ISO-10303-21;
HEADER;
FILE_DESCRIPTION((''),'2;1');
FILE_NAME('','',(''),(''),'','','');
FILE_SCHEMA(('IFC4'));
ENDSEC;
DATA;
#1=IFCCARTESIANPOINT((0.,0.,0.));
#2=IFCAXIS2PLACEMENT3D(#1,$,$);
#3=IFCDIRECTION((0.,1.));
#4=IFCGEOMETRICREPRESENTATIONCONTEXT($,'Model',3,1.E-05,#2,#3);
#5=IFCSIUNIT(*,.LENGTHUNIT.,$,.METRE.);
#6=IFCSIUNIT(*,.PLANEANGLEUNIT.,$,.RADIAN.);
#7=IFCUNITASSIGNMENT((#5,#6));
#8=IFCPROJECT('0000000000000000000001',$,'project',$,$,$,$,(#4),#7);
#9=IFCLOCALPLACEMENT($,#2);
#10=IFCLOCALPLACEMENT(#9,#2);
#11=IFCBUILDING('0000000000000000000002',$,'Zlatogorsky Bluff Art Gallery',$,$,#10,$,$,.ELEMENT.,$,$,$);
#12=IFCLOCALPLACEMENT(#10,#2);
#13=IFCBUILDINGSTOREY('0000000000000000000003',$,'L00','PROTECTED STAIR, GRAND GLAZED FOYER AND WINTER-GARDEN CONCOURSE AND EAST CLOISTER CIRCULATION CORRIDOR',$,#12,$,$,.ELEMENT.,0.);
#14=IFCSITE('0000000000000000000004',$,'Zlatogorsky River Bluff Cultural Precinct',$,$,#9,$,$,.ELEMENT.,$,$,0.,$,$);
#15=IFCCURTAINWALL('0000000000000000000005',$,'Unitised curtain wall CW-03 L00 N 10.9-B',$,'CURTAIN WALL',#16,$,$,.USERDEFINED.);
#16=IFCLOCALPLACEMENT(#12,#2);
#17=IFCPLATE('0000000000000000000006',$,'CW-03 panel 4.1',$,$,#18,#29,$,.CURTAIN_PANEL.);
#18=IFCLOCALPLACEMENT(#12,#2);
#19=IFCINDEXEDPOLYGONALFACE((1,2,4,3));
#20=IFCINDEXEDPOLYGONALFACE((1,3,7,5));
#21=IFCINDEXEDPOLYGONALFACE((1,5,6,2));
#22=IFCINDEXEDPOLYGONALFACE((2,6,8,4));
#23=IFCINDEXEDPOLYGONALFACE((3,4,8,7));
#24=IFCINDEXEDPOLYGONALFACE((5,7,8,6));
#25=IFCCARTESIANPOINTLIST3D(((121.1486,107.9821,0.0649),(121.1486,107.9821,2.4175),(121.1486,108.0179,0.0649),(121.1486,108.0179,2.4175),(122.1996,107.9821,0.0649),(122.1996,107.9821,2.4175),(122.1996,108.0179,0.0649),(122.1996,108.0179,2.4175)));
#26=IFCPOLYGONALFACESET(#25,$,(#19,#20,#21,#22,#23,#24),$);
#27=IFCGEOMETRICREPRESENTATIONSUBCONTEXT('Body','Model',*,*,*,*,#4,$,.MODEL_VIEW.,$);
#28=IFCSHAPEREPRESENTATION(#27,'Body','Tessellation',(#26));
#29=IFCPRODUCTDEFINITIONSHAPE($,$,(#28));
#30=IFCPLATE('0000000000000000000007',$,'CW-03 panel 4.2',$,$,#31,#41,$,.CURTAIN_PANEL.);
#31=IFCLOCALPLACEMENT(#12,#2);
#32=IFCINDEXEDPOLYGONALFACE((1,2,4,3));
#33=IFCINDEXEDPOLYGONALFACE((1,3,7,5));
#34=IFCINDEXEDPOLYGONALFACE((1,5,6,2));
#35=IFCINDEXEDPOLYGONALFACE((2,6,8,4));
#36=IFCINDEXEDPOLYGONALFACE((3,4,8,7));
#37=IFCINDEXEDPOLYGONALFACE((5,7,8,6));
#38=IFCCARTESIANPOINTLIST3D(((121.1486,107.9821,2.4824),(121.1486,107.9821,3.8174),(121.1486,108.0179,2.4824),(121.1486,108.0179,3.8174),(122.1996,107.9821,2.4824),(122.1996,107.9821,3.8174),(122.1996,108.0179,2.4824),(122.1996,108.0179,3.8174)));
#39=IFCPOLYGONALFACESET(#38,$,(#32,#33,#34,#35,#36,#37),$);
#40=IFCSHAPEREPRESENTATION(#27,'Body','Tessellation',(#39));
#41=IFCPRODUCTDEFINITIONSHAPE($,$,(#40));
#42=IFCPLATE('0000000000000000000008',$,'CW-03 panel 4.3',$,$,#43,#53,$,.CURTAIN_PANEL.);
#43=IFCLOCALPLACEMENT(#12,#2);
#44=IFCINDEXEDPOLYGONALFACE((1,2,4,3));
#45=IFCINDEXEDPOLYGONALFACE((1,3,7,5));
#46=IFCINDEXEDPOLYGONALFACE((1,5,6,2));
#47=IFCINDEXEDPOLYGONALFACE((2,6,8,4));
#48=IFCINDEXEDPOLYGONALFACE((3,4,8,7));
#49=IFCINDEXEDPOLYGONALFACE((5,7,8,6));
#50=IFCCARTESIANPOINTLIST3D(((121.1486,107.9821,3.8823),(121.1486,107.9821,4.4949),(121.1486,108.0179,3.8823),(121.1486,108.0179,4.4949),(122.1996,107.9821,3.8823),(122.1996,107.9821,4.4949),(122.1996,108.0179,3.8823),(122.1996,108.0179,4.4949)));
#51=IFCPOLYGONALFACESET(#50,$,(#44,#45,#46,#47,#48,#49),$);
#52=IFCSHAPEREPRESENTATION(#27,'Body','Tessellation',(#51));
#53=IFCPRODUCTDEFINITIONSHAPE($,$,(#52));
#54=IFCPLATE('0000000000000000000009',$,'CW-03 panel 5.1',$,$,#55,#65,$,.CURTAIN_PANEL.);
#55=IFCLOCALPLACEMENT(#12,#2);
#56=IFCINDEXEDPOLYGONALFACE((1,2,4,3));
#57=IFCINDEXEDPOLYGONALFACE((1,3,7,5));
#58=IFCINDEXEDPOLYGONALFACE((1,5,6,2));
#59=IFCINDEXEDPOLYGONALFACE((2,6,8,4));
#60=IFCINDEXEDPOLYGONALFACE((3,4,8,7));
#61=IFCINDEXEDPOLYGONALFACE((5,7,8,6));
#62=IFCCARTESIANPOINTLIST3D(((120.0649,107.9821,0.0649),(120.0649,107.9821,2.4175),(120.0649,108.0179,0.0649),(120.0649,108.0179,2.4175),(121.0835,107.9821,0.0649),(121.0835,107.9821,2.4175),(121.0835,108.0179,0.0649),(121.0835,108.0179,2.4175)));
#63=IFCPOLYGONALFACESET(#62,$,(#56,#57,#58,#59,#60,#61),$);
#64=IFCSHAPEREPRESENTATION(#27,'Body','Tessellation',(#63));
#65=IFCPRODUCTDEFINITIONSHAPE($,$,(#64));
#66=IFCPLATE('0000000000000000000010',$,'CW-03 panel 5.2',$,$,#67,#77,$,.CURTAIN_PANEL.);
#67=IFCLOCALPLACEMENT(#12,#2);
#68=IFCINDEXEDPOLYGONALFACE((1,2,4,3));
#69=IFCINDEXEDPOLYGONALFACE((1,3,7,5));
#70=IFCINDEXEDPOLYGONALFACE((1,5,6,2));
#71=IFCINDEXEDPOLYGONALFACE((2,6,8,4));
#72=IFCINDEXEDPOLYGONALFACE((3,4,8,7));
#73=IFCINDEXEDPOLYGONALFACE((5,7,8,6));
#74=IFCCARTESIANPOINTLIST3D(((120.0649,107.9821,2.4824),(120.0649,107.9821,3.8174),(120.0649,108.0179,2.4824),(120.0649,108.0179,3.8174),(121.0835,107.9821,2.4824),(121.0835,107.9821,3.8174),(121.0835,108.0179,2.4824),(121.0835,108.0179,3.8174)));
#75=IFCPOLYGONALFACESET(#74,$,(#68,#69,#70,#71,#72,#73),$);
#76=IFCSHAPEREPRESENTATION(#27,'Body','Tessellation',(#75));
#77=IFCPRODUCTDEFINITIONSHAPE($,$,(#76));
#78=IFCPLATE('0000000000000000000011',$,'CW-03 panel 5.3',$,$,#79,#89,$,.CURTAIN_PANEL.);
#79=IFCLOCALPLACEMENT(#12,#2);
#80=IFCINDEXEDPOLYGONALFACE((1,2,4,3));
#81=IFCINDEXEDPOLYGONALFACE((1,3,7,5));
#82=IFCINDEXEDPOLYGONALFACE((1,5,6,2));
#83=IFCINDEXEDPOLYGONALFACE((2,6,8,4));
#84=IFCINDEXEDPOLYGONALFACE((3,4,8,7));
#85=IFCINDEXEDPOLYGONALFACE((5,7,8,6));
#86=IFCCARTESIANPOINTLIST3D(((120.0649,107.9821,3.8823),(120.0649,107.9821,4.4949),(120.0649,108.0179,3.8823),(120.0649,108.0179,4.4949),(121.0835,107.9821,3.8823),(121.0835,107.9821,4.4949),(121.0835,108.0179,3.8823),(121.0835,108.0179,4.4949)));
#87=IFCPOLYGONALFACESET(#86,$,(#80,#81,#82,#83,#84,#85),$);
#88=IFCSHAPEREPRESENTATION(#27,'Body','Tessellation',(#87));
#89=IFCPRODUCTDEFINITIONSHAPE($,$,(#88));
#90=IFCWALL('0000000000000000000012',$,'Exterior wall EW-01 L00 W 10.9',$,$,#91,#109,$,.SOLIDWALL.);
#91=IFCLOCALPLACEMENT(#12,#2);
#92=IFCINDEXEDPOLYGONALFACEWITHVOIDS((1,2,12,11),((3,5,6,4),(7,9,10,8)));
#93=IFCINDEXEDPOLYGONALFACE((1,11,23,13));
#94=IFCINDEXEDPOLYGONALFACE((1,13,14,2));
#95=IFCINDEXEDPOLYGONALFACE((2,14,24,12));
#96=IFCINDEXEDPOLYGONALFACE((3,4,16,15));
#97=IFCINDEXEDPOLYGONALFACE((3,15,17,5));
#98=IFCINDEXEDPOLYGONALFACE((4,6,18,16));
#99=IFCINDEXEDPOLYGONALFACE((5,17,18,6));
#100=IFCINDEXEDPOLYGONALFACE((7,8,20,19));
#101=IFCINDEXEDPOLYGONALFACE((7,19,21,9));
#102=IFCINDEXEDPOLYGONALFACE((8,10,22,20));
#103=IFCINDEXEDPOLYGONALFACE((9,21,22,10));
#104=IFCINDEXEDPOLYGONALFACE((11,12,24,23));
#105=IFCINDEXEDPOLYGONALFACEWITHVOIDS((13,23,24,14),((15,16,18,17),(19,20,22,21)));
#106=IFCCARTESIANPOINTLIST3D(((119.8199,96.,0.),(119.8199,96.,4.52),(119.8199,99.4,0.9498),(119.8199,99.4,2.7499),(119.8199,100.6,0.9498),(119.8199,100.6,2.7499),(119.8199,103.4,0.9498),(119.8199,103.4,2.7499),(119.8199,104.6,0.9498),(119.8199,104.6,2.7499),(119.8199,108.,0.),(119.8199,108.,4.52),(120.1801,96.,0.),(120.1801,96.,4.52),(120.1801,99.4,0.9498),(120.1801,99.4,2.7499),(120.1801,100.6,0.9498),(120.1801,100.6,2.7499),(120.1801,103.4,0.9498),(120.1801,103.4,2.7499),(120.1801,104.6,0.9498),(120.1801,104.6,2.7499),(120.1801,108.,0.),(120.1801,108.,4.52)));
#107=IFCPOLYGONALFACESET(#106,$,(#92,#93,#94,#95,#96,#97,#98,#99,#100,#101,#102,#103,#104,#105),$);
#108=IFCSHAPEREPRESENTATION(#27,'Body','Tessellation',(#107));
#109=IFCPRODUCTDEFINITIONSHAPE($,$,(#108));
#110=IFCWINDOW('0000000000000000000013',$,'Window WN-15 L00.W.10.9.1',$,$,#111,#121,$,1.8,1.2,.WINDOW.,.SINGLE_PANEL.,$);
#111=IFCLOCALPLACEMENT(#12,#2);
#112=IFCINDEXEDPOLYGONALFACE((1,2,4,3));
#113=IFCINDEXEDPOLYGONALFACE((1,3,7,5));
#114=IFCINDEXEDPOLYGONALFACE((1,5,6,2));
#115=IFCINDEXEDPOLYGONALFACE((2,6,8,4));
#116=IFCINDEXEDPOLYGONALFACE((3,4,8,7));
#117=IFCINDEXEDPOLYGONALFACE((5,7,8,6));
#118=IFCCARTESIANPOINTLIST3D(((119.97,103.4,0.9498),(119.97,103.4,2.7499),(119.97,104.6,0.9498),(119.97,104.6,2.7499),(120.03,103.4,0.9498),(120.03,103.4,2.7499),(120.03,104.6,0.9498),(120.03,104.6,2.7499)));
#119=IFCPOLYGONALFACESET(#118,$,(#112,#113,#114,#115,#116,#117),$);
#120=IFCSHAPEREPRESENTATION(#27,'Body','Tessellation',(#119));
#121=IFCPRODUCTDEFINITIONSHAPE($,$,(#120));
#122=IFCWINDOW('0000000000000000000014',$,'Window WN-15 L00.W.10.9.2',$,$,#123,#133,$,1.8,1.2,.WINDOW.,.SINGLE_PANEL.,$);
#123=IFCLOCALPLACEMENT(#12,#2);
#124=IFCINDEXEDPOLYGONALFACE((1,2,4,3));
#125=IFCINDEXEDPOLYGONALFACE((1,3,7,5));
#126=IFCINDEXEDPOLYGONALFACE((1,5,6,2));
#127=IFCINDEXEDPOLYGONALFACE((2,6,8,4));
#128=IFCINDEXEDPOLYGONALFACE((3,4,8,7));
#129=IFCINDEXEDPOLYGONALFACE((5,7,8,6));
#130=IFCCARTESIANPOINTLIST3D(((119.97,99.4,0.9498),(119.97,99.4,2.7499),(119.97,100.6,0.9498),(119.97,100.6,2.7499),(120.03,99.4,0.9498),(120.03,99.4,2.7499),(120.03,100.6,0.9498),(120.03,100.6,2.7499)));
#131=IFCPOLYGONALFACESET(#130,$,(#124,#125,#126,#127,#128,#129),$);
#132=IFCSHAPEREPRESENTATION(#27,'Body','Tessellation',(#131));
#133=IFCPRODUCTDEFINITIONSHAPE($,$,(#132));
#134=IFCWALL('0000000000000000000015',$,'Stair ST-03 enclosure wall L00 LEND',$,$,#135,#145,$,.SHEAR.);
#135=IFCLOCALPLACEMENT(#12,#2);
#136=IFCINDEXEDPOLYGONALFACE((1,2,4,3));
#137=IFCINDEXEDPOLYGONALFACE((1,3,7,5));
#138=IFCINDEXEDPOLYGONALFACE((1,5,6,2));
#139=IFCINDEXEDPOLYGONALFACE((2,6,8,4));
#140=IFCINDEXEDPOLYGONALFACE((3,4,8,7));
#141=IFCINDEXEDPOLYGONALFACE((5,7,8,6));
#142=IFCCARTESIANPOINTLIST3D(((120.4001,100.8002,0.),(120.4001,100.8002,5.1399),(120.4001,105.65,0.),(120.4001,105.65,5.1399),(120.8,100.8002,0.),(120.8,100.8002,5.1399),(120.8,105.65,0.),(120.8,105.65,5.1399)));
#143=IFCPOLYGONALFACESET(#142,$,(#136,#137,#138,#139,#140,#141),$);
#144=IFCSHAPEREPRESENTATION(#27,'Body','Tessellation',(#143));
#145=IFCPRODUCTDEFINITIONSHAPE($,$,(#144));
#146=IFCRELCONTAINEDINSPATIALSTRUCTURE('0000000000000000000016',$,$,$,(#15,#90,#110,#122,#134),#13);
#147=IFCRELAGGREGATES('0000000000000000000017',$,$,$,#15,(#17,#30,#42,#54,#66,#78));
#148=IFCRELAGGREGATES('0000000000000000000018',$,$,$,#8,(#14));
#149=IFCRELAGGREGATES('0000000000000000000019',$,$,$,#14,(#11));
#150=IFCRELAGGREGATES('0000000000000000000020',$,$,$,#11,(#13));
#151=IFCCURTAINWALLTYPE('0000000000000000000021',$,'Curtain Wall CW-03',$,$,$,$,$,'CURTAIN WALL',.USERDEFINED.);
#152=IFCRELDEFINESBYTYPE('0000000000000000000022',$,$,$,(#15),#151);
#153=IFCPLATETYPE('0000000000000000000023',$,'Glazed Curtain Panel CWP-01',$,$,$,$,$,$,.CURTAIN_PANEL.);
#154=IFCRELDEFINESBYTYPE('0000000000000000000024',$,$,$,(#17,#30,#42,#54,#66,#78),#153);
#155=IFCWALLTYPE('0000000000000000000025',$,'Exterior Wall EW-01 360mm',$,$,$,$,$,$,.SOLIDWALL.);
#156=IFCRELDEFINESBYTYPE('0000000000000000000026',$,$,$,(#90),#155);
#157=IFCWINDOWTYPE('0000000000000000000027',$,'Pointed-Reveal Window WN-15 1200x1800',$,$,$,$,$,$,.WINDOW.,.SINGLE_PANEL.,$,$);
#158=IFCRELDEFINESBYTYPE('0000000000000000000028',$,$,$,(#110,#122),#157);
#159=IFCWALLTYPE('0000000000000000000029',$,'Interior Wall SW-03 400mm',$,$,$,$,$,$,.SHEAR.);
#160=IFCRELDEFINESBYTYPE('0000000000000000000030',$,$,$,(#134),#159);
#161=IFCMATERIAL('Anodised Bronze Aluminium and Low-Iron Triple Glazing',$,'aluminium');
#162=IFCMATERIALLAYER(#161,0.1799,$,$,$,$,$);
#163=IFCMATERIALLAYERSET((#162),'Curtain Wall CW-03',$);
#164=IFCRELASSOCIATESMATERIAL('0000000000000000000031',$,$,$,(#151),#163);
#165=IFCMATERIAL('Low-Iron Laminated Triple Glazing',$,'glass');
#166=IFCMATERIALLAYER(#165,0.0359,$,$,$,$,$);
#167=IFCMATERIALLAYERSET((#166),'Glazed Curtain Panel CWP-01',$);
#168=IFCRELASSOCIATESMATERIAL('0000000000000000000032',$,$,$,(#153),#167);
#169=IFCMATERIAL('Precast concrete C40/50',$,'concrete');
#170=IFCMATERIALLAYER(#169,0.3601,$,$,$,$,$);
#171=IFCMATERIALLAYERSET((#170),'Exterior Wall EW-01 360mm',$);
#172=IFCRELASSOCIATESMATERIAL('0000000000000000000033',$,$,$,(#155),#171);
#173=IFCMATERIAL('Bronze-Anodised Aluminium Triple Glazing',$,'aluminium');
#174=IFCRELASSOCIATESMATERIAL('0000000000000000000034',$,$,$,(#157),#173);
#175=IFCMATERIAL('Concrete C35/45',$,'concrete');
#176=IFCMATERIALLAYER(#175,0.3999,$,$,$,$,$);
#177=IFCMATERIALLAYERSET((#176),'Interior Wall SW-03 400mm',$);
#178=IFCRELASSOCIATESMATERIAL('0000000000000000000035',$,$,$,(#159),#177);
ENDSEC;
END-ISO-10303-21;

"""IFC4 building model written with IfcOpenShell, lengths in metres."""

from ifc_helpers import new_model, si_unit, direction, frame, frame_2d, origin, origin_2d, place, context, subcontext, project, spatial, rectangle, extrude, material, layer, layer_set, type_object, element, fill, aggregate, save


model = new_model("IFC4")

# Units and contexts
model_context = context("Model", 3, precision=1e-05, world=origin(), true_north=direction((0.0, 1.0)))
body_context = subcontext(model_context, "Body", "Model", "MODEL_VIEW")
ifc_project = project(units=[si_unit("LENGTHUNIT", "METRE"), si_unit("PLANEANGLEUNIT", "RADIAN")], contexts=[model_context])

# Site, building, storey
site_placement = place(None, origin())
site = spatial("IfcSite", under=ifc_project, at=site_placement, Name="Zlatogorsky River Bluff Cultural Precinct", CompositionType="ELEMENT", RefElevation=0.0)
building_placement = place(site_placement, origin())
building = spatial("IfcBuilding", under=site, at=building_placement, Name="Zlatogorsky Bluff Art Gallery", CompositionType="ELEMENT")
storey_placement = place(building_placement, origin())
storey = spatial("IfcBuildingStorey", under=building, at=storey_placement, Name="L00", Description="PROTECTED STAIR, GRAND GLAZED FOYER AND WINTER-GARDEN CONCOURSE AND EAST CLOISTER CIRCULATION CORRIDOR", CompositionType="ELEMENT", Elevation=0.0)

# Curtain wall, plates
ifc_material_1 = material(Name="Anodised Bronze Aluminium and Low-Iron Triple Glazing", Category="aluminium")
ifc_layer_1 = layer(ifc_material_1, 0.1799)
ifc_layer_set_1 = layer_set([ifc_layer_1], Name="Curtain Wall CW-03")
curtain_wall_type = type_object("IfcCurtainWallType", Name="Curtain Wall CW-03", ElementType="CURTAIN WALL", PredefinedType="USERDEFINED", material=ifc_layer_set_1)
curtain_wall_placement = place(storey_placement, origin())
curtain_wall = element("IfcCurtainWall", 1, at=curtain_wall_placement, inside=storey, type_object=curtain_wall_type, Name="Unitised curtain wall CW-03 L00 N 10.9-B", ObjectType="CURTAIN WALL", PredefinedType="USERDEFINED")
ifc_material_2 = material(Name="Low-Iron Laminated Triple Glazing", Category="glass")
ifc_layer_2 = layer(ifc_material_2, 0.0359)
ifc_layer_set_2 = layer_set([ifc_layer_2], Name="Glazed Curtain Panel CWP-01")
plate_type = type_object("IfcPlateType", Name="Glazed Curtain Panel CWP-01", PredefinedType="CURTAIN_PANEL", material=ifc_layer_set_2)
plate_1_placement = place(storey_placement, frame((121.6741, 108.0, 0.0649), z_axis=(0.0, 0.0, 1.0), x_axis=(-1.0, 0.0, 0.0)))
plate_1 = element("IfcPlate", 2, at=plate_1_placement, type_object=plate_type, Name="CW-03 panel 4.1", PredefinedType="CURTAIN_PANEL", context=body_context, shape_type="SweptSolid", body=[
    extrude(rectangle(XDim=1.051, YDim=0.0359, at=origin_2d()), origin(), (0.0, 0.0, 1.0), 2.3525),
])
plate_2_placement = place(storey_placement, frame((121.6741, 108.0, 2.4824), z_axis=(0.0, 0.0, 1.0), x_axis=(-1.0, 0.0, 0.0)))
plate_2 = element("IfcPlate", 3, at=plate_2_placement, type_object=plate_type, Name="CW-03 panel 4.2", PredefinedType="CURTAIN_PANEL", context=body_context, shape_type="SweptSolid", body=[
    extrude(rectangle(XDim=1.051, YDim=0.0359, at=origin_2d()), origin(), (0.0, 0.0, 1.0), 1.335),
])
plate_3_placement = place(storey_placement, frame((121.6741, 108.0, 3.8823), z_axis=(0.0, 0.0, 1.0), x_axis=(-1.0, 0.0, 0.0)))
plate_3 = element("IfcPlate", 4, at=plate_3_placement, type_object=plate_type, Name="CW-03 panel 4.3", PredefinedType="CURTAIN_PANEL", context=body_context, shape_type="SweptSolid", body=[
    extrude(rectangle(XDim=1.051, YDim=0.0359, at=origin_2d()), origin(), (0.0, 0.0, 1.0), 0.6125),
])
plate_4_placement = place(storey_placement, frame((120.5742, 108.0, 0.0649), z_axis=(0.0, 0.0, 1.0), x_axis=(-1.0, 0.0, 0.0)))
plate_4 = element("IfcPlate", 5, at=plate_4_placement, type_object=plate_type, Name="CW-03 panel 5.1", PredefinedType="CURTAIN_PANEL", context=body_context, shape_type="SweptSolid", body=[
    extrude(rectangle(XDim=1.0186, YDim=0.0359, at=origin_2d()), origin(), (0.0, 0.0, 1.0), 2.3525),
])
plate_5_placement = place(storey_placement, frame((120.5742, 108.0, 2.4824), z_axis=(0.0, 0.0, 1.0), x_axis=(-1.0, 0.0, 0.0)))
plate_5 = element("IfcPlate", 6, at=plate_5_placement, type_object=plate_type, Name="CW-03 panel 5.2", PredefinedType="CURTAIN_PANEL", context=body_context, shape_type="SweptSolid", body=[
    extrude(rectangle(XDim=1.0186, YDim=0.0359, at=origin_2d()), origin(), (0.0, 0.0, 1.0), 1.335),
])
plate_6_placement = place(storey_placement, frame((120.5742, 108.0, 3.8823), z_axis=(0.0, 0.0, 1.0), x_axis=(-1.0, 0.0, 0.0)))
plate_6 = element("IfcPlate", 7, at=plate_6_placement, type_object=plate_type, Name="CW-03 panel 5.3", PredefinedType="CURTAIN_PANEL", context=body_context, shape_type="SweptSolid", body=[
    extrude(rectangle(XDim=1.0186, YDim=0.0359, at=origin_2d()), origin(), (0.0, 0.0, 1.0), 0.6125),
])
aggregate(curtain_wall, [plate_1, plate_2, plate_3, plate_4, plate_5, plate_6])

# Wall, openings, windows
ifc_material_3 = material(Name="Precast concrete C40/50", Category="concrete")
ifc_layer_3 = layer(ifc_material_3, 0.3601)
ifc_layer_set_3 = layer_set([ifc_layer_3], Name="Exterior Wall EW-01 360mm")
wall_type_1 = type_object("IfcWallType", Name="Exterior Wall EW-01 360mm", PredefinedType="SOLIDWALL", material=ifc_layer_set_3)
wall_1_placement = place(storey_placement, frame((120.0, 108.0, 0.0), z_axis=(0.0, 0.0, 1.0), x_axis=(0.0, -1.0, 0.0)))
wall_1 = element("IfcWall", 8, at=wall_1_placement, inside=storey, type_object=wall_type_1, Name="Exterior wall EW-01 L00 W 10.9", PredefinedType="SOLIDWALL", context=body_context, shape_type="SweptSolid", body=[
    extrude(rectangle(XDim=12.0, YDim=0.3601, at=frame_2d((6.0, 0.0))), origin(), (0.0, 0.0, 1.0), 4.52),
])
opening_1_placement = place(wall_1_placement, frame((3.3999, 0.0, 0.95)))
opening_1 = element("IfcOpeningElement", 9, at=opening_1_placement, cuts=wall_1, PredefinedType="OPENING", context=body_context, shape_type="SweptSolid", body=[
    extrude(rectangle(XDim=1.2, YDim=1.8, at=frame_2d((0.6001, 0.8999))), frame((0.0, 0.1899, 0.0), z_axis=(0.0, -1.0, 0.0), x_axis=(1.0, 0.0, 0.0)), (0.0, 0.0, 1.0), 0.3801),
])
opening_2_placement = place(wall_1_placement, frame((7.3999, 0.0, 0.95)))
opening_2 = element("IfcOpeningElement", 10, at=opening_2_placement, cuts=wall_1, PredefinedType="OPENING", context=body_context, shape_type="SweptSolid", body=[
    extrude(rectangle(XDim=1.2, YDim=1.8, at=frame_2d((0.6001, 0.8999))), frame((0.0, 0.1899, 0.0), z_axis=(0.0, -1.0, 0.0), x_axis=(1.0, 0.0, 0.0)), (0.0, 0.0, 1.0), 0.3801),
])
ifc_material_4 = material(Name="Bronze-Anodised Aluminium Triple Glazing", Category="aluminium")
window_type = type_object("IfcWindowType", Name="Pointed-Reveal Window WN-15 1200x1800", PartitioningType="SINGLE_PANEL", PredefinedType="WINDOW", material=ifc_material_4)
window_1_placement = place(opening_1_placement, origin())
window_1 = element("IfcWindow", 11, at=window_1_placement, inside=storey, type_object=window_type, Name="Window WN-15 L00.W.10.9.1", OverallHeight=1.8, OverallWidth=1.2, PartitioningType="SINGLE_PANEL", PredefinedType="WINDOW", context=body_context, shape_type="SweptSolid", body=[
    extrude(rectangle(XDim=1.2, YDim=1.8, at=frame_2d((0.6001, 0.8999))), frame((0.0, 0.03, 0.0), z_axis=(0.0, -1.0, 0.0), x_axis=(1.0, 0.0, 0.0)), (0.0, 0.0, 1.0), 0.0601),
])
fill(opening_1, window_1)
window_2_placement = place(opening_2_placement, origin())
window_2 = element("IfcWindow", 12, at=window_2_placement, inside=storey, type_object=window_type, Name="Window WN-15 L00.W.10.9.2", OverallHeight=1.8, OverallWidth=1.2, PartitioningType="SINGLE_PANEL", PredefinedType="WINDOW", context=body_context, shape_type="SweptSolid", body=[
    extrude(rectangle(XDim=1.2, YDim=1.8, at=frame_2d((0.6001, 0.8999))), frame((0.0, 0.03, 0.0), z_axis=(0.0, -1.0, 0.0), x_axis=(1.0, 0.0, 0.0)), (0.0, 0.0, 1.0), 0.0601),
])
fill(opening_2, window_2)

# Wall
ifc_material_5 = material(Name="Concrete C35/45", Category="concrete")
ifc_layer_4 = layer(ifc_material_5, 0.3999)
ifc_layer_set_4 = layer_set([ifc_layer_4], Name="Interior Wall SW-03 400mm")
wall_type_2 = type_object("IfcWallType", Name="Interior Wall SW-03 400mm", PredefinedType="SHEAR", material=ifc_layer_set_4)
wall_2_placement = place(storey_placement, frame((120.6001, 105.6499, 0.0), z_axis=(0.0, 0.0, 1.0), x_axis=(0.0, -1.0, 0.0)))
element("IfcWall", 13, at=wall_2_placement, inside=storey, type_object=wall_type_2, Name="Stair ST-03 enclosure wall L00 LEND", PredefinedType="SHEAR", context=body_context, shape_type="SweptSolid", body=[
    extrude(rectangle(XDim=4.8499, YDim=0.3999, at=frame_2d((2.4248, 0.0))), origin(), (0.0, 0.0, 1.0), 5.1399),
])

save(model, "model.ifc")
